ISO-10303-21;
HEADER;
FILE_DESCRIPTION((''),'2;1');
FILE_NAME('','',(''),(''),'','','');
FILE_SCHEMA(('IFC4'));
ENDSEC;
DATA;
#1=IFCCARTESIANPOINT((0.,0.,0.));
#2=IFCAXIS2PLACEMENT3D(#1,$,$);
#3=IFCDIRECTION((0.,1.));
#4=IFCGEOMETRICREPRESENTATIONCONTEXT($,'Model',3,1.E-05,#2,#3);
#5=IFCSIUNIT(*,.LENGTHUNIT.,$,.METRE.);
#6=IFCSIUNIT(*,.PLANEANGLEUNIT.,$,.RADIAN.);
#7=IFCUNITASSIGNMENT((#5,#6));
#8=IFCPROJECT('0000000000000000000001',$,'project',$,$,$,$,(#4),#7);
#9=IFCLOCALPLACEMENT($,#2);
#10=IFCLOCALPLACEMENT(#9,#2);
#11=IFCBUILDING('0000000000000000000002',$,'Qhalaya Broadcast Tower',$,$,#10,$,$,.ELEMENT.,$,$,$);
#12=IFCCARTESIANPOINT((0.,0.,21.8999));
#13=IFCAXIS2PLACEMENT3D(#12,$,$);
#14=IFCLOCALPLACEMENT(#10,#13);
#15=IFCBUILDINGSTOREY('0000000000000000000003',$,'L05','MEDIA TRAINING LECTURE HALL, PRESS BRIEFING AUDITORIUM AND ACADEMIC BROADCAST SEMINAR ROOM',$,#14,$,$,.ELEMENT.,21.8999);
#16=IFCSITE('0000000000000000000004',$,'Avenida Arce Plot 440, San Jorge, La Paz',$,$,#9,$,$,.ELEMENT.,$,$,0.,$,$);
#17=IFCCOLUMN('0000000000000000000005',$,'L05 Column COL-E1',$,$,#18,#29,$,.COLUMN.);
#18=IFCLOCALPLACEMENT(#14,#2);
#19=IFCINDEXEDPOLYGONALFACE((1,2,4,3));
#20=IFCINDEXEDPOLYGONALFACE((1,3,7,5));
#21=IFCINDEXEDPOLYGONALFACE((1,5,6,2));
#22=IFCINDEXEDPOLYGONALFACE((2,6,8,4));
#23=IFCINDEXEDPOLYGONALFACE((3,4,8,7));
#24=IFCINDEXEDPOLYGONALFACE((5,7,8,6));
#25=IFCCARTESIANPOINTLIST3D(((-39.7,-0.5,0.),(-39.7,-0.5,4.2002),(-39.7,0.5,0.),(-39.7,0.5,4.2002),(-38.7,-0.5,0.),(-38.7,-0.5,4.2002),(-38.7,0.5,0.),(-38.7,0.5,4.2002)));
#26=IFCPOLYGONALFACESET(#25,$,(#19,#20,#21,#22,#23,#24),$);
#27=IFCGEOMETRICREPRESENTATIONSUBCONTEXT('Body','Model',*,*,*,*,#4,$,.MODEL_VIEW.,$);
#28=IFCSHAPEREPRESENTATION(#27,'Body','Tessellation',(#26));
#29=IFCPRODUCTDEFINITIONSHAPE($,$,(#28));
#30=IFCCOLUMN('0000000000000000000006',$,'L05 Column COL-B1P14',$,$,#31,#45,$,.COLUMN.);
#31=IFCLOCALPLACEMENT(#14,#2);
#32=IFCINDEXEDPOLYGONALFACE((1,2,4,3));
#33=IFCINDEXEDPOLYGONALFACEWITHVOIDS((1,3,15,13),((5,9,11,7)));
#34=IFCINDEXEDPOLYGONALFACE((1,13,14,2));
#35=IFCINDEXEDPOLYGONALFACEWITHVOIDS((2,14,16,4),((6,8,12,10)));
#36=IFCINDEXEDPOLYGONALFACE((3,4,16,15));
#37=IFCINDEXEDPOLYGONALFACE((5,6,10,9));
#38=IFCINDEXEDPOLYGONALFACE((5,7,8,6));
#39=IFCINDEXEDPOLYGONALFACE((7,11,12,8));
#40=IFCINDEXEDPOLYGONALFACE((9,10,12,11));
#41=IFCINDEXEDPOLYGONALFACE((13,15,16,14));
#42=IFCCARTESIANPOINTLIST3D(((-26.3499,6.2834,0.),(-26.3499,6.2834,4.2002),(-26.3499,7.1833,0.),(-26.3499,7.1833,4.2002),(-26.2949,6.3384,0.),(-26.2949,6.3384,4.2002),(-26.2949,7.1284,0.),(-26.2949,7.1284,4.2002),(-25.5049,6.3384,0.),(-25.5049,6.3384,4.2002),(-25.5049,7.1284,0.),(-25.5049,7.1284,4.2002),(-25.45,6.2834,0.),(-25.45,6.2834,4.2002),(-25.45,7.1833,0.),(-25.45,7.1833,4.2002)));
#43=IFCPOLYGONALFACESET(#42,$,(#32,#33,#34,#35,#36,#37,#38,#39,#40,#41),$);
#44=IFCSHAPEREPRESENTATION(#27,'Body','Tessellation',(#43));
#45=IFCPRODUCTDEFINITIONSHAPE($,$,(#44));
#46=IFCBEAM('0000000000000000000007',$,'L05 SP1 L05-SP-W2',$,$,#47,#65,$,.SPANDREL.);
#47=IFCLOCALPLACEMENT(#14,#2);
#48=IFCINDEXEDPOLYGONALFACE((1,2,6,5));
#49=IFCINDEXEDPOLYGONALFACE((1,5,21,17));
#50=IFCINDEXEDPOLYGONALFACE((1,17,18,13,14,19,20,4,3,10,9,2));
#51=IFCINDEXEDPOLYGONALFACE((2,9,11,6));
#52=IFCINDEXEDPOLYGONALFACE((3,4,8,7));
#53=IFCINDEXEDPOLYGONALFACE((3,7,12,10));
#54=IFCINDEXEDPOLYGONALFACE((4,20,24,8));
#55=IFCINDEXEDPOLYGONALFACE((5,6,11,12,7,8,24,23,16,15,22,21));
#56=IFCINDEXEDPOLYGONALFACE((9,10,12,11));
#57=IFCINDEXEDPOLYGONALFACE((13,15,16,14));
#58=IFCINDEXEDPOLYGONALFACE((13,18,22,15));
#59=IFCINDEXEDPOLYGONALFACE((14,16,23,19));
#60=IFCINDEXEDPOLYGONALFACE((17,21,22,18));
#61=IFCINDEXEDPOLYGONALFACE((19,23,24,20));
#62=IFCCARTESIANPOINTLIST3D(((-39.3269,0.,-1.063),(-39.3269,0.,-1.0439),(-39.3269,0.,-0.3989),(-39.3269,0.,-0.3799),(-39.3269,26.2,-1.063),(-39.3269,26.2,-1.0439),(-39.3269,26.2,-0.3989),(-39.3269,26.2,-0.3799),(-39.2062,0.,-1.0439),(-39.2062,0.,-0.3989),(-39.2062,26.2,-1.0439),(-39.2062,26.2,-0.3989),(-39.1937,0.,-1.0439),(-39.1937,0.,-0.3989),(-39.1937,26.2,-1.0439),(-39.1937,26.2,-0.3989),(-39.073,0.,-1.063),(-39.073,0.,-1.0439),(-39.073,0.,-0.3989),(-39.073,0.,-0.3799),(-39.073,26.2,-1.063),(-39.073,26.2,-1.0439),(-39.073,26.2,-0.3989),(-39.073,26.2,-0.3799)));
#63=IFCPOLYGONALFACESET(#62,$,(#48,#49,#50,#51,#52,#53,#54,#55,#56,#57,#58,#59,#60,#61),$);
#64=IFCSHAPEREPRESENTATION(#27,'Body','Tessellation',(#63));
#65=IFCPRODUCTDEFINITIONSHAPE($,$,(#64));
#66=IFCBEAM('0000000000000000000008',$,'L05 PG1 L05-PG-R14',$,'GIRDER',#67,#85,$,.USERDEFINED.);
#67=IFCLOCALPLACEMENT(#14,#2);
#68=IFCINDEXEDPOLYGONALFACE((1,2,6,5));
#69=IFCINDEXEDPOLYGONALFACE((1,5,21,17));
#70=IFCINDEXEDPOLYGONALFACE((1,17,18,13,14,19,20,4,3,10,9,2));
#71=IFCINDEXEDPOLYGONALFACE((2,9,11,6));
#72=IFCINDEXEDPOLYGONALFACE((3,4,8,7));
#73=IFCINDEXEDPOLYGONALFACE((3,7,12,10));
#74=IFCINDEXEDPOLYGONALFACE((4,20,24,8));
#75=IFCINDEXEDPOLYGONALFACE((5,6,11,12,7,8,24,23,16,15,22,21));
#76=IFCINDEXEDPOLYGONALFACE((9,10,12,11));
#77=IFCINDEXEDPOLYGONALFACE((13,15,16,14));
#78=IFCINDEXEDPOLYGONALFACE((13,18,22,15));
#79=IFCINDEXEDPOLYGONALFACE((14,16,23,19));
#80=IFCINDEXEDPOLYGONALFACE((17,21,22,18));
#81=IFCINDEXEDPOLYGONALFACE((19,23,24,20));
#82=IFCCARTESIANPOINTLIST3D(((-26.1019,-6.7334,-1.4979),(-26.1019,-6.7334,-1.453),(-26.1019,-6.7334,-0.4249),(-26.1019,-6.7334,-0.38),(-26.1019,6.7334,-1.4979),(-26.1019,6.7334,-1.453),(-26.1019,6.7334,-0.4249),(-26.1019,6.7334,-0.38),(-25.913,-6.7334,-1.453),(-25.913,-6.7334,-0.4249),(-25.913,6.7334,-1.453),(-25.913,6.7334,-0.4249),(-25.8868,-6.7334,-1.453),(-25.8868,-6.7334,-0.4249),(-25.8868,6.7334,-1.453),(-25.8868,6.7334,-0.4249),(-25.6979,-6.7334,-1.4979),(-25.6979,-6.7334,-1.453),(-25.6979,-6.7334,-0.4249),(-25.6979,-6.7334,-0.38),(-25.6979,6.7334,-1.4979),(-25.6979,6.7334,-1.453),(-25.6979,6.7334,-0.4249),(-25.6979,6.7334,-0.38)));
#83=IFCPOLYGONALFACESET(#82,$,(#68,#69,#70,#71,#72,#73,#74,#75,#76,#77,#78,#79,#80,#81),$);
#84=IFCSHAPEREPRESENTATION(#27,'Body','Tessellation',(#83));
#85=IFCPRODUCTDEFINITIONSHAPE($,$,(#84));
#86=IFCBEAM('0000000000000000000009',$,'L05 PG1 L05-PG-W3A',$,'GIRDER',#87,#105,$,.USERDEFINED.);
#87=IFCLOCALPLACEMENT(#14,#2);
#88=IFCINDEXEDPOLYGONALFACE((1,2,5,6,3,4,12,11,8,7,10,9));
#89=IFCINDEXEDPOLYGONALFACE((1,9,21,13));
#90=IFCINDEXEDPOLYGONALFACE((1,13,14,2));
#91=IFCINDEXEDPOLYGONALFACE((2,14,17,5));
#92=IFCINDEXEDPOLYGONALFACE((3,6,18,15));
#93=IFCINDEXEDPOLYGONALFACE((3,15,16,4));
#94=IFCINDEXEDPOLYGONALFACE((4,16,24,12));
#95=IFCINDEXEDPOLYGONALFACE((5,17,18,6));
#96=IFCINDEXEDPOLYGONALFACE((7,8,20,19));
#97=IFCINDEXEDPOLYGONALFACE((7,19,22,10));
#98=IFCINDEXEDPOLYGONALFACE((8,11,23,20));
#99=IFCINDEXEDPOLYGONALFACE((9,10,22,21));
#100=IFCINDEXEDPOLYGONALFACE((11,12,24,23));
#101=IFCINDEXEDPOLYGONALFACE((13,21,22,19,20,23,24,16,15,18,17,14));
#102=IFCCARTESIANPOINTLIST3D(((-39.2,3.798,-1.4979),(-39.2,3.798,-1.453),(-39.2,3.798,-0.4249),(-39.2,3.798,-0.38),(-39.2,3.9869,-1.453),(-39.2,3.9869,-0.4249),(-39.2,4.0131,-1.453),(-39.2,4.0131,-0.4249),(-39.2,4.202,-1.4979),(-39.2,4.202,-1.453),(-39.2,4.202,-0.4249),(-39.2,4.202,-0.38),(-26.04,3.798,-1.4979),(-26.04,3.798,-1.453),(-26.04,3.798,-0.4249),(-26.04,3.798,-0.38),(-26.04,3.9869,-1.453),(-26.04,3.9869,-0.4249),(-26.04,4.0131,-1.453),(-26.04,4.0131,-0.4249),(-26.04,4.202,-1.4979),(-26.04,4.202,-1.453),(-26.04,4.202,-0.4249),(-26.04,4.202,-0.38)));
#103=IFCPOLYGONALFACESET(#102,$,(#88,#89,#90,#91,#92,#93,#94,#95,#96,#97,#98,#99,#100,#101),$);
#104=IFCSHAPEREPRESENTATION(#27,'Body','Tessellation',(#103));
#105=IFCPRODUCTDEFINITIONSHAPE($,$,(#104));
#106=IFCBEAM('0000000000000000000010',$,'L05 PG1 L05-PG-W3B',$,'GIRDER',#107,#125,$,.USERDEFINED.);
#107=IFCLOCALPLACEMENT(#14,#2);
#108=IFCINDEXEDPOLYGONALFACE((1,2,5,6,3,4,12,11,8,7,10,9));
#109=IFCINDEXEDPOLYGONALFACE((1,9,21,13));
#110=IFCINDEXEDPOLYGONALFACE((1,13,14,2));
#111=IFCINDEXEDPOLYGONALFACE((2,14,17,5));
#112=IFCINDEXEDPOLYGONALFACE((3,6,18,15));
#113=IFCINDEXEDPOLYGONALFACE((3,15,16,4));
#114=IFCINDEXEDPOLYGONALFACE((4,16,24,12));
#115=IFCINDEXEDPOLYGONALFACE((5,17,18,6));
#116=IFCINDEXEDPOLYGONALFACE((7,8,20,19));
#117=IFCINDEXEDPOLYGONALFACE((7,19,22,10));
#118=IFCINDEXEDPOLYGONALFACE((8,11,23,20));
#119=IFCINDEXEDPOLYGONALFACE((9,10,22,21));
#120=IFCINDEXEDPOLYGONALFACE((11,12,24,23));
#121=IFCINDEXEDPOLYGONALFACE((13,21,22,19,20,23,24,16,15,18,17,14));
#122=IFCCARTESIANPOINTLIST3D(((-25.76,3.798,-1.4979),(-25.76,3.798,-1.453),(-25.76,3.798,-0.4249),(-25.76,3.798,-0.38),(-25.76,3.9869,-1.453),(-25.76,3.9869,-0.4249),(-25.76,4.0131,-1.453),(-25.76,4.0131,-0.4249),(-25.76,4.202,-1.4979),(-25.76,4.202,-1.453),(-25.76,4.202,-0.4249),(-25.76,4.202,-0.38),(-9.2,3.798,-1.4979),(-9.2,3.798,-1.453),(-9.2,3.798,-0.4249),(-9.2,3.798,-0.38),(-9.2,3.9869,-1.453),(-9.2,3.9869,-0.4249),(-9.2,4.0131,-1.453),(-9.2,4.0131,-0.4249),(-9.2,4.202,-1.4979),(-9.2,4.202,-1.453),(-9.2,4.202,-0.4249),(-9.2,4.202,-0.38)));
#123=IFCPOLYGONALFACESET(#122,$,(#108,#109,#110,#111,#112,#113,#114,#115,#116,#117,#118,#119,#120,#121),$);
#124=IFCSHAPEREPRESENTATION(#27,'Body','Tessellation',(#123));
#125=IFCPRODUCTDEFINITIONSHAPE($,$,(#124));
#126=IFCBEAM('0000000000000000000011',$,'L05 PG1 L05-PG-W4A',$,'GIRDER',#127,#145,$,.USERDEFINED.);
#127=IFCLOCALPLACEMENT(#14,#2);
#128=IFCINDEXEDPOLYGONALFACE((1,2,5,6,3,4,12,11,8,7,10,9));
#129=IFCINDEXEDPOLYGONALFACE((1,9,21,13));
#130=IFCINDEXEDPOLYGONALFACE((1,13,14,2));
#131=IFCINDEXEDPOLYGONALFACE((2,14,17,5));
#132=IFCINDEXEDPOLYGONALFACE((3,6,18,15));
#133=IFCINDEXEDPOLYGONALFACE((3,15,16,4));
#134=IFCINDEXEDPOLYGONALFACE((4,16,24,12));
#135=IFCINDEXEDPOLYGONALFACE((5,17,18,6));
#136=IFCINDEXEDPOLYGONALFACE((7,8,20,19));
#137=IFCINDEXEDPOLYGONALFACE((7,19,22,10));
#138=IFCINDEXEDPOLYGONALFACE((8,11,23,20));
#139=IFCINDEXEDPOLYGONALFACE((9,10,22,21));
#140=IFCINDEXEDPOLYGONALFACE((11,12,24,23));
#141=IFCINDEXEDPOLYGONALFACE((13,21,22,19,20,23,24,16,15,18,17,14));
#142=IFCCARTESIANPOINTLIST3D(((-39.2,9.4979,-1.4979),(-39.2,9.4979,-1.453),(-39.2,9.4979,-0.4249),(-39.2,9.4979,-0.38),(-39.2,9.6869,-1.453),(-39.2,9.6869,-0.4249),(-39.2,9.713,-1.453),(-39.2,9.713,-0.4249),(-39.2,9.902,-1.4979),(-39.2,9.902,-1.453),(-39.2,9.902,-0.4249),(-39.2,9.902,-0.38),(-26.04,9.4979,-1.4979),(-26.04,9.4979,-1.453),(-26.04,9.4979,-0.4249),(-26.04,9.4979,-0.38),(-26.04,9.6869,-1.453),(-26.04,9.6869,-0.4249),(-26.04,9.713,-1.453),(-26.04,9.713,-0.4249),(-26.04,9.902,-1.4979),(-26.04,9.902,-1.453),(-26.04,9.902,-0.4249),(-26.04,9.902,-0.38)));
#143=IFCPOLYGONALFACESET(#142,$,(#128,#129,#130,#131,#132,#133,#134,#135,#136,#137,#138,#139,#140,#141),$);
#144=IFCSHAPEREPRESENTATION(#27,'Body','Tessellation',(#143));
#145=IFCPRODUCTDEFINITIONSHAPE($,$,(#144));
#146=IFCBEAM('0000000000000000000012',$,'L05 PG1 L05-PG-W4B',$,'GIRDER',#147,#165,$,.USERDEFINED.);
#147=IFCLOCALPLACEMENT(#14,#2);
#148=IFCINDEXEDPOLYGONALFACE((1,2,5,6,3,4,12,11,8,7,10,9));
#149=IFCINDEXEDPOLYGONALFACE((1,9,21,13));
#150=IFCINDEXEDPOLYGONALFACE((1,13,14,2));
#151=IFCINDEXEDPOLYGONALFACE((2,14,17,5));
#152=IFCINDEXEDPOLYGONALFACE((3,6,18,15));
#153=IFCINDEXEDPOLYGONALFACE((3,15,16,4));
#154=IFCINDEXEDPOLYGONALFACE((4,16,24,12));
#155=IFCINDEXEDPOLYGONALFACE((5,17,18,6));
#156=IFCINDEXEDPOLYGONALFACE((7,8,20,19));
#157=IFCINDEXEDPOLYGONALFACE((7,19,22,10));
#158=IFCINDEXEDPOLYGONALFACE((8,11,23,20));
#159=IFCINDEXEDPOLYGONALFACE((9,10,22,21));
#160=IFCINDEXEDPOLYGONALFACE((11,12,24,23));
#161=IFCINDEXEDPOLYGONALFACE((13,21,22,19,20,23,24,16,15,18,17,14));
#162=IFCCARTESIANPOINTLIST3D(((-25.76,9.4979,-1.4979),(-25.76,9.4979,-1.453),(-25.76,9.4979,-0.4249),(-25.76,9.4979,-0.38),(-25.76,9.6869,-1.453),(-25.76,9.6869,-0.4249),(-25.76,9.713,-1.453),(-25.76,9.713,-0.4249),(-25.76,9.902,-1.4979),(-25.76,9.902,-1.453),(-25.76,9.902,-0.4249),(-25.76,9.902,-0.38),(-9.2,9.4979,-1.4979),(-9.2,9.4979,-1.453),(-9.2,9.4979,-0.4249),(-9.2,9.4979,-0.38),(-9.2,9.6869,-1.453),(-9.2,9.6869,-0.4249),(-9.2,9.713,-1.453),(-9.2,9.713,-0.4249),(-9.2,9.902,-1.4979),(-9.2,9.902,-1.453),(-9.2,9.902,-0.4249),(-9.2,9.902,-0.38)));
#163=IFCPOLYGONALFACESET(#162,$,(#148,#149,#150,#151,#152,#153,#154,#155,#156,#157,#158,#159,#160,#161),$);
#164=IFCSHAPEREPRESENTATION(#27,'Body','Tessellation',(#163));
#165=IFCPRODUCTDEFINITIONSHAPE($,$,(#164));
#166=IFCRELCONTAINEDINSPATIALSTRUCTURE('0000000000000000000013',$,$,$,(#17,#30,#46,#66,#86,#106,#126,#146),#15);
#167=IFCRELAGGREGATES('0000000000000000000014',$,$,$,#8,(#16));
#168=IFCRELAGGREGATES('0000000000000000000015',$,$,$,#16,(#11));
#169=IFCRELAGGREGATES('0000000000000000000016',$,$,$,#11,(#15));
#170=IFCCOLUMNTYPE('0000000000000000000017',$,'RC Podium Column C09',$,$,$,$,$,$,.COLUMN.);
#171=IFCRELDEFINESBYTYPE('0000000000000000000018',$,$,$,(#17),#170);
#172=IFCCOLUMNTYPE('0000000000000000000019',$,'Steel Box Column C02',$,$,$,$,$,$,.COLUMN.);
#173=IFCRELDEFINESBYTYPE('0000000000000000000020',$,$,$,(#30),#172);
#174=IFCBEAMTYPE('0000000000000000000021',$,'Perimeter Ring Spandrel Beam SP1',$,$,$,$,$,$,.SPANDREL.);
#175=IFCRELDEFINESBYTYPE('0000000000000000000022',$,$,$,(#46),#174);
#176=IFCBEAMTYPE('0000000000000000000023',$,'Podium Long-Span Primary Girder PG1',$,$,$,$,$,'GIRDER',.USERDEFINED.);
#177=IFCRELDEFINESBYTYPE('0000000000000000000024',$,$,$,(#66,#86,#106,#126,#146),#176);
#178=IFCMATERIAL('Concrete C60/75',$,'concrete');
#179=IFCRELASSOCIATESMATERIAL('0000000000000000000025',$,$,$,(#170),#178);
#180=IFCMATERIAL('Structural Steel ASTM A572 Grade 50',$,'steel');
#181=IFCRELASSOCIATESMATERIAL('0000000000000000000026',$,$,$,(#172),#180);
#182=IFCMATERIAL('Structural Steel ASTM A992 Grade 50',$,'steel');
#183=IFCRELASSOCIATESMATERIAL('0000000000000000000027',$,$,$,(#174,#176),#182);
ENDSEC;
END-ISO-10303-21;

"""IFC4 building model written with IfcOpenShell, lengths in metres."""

from ifc_helpers import new_model, si_unit, direction, frame, origin, origin_2d, place, context, subcontext, project, spatial, rectangle, hollow_rectangle, i_section, extrude, material, material_profile, profile_set, type_object, element, save


model = new_model("IFC4")

# Units and contexts
model_context = context("Model", 3, precision=1e-05, world=origin(), true_north=direction((0.0, 1.0)))
body_context = subcontext(model_context, "Body", "Model", "MODEL_VIEW")
ifc_project = project(units=[si_unit("LENGTHUNIT", "METRE"), si_unit("PLANEANGLEUNIT", "RADIAN")], contexts=[model_context])

# Site, building, storey
site_placement = place(None, origin())
site = spatial("IfcSite", under=ifc_project, at=site_placement, Name="Avenida Arce Plot 440, San Jorge, La Paz", CompositionType="ELEMENT", RefElevation=0.0)
building_placement = place(site_placement, origin())
building = spatial("IfcBuilding", under=site, at=building_placement, Name="Qhalaya Broadcast Tower", CompositionType="ELEMENT")
storey_placement = place(building_placement, frame((0.0, 0.0, 21.8999)))
storey = spatial("IfcBuildingStorey", under=building, at=storey_placement, Name="L05", Description="MEDIA TRAINING LECTURE HALL, PRESS BRIEFING AUDITORIUM AND ACADEMIC BROADCAST SEMINAR ROOM", CompositionType="ELEMENT", Elevation=21.8999)

# Columns
ifc_material_1 = material(Name="Concrete C60/75", Category="concrete")
ifc_material_profile_1 = material_profile(ifc_material_1, rectangle(XDim=1.0, YDim=1.0, at=origin_2d()), Name="RC-COL 1000x1000")
ifc_profile_set_1 = profile_set([ifc_material_profile_1], Name="Concrete C60/75")
column_type_1 = type_object("IfcColumnType", Name="RC Podium Column C09", PredefinedType="COLUMN", material=ifc_profile_set_1)
column_1_placement = place(storey_placement, frame((-39.2, 0.0, 0.0), z_axis=(0.0, 0.0, 1.0), x_axis=(1.0, 0.0, 0.0)))
element("IfcColumn", 1, at=column_1_placement, inside=storey, type_object=column_type_1, Name="L05 Column COL-E1", PredefinedType="COLUMN", context=body_context, shape_type="SweptSolid", body=[
    extrude(rectangle(XDim=1.0, YDim=1.0, at=origin_2d()), origin(), (0.0, 0.0, 1.0), 4.2002),
])
ifc_material_2 = material(Name="Structural Steel ASTM A572 Grade 50", Category="steel")
ifc_material_profile_2 = material_profile(ifc_material_2, hollow_rectangle(XDim=0.8999, YDim=0.8999, WallThickness=0.0549, at=origin_2d()), Name="BOX 900x900x55")
ifc_profile_set_2 = profile_set([ifc_material_profile_2], Name="Structural Steel ASTM A572 Grade 50")
column_type_2 = type_object("IfcColumnType", Name="Steel Box Column C02", PredefinedType="COLUMN", material=ifc_profile_set_2)
column_2_placement = place(storey_placement, frame((-25.8999, 6.7334, 0.0), z_axis=(0.0, 0.0, 1.0), x_axis=(0.0, 1.0, 0.0)))
element("IfcColumn", 2, at=column_2_placement, inside=storey, type_object=column_type_2, Name="L05 Column COL-B1P14", PredefinedType="COLUMN", context=body_context, shape_type="SweptSolid", body=[
    extrude(hollow_rectangle(XDim=0.8999, YDim=0.8999, WallThickness=0.0549, at=origin_2d()), origin(), (0.0, 0.0, 1.0), 4.2002),
])

# Beams
ifc_material_3 = material(Name="Structural Steel ASTM A992 Grade 50", Category="steel")
ifc_material_profile_3 = material_profile(ifc_material_3, i_section(OverallWidth=0.2539, OverallDepth=0.6831, WebThickness=0.0125, FlangeThickness=0.019, at=origin_2d()), Name="W27X94")
ifc_profile_set_3 = profile_set([ifc_material_profile_3], Name="Structural Steel ASTM A992 Grade 50")
beam_type_1 = type_object("IfcBeamType", Name="Perimeter Ring Spandrel Beam SP1", PredefinedType="SPANDREL", material=ifc_profile_set_3)
beam_1_placement = place(storey_placement, frame((-39.2, 0.0, -0.7214), z_axis=(0.0, 1.0, 0.0), x_axis=(-1.0, 0.0, 0.0)))
element("IfcBeam", 3, at=beam_1_placement, inside=storey, type_object=beam_type_1, Name="L05 SP1 L05-SP-W2", PredefinedType="SPANDREL", context=body_context, shape_type="SweptSolid", body=[
    extrude(i_section(OverallWidth=0.2539, OverallDepth=0.6831, WebThickness=0.0125, FlangeThickness=0.019, at=origin_2d()), origin(), (0.0, 0.0, 1.0), 26.2),
])
ifc_material_profile_4 = material_profile(ifc_material_3, i_section(OverallWidth=0.4041, OverallDepth=1.1179, WebThickness=0.0261, FlangeThickness=0.0449, at=origin_2d()), Name="W44X335")
ifc_profile_set_4 = profile_set([ifc_material_profile_4], Name="Structural Steel ASTM A992 Grade 50")
beam_type_2 = type_object("IfcBeamType", Name="Podium Long-Span Primary Girder PG1", ElementType="GIRDER", PredefinedType="USERDEFINED", material=ifc_profile_set_4)
beam_2_placement = place(storey_placement, frame((-25.8999, 6.7334, -0.939), z_axis=(0.0, -1.0, 0.0), x_axis=(1.0, 0.0, 0.0)))
element("IfcBeam", 4, at=beam_2_placement, inside=storey, type_object=beam_type_2, Name="L05 PG1 L05-PG-R14", ObjectType="GIRDER", PredefinedType="USERDEFINED", context=body_context, shape_type="SweptSolid", body=[
    extrude(i_section(OverallWidth=0.4041, OverallDepth=1.1179, WebThickness=0.0261, FlangeThickness=0.0449, at=origin_2d()), origin(), (0.0, 0.0, 1.0), 13.4668),
])
beam_3_placement = place(storey_placement, frame((-39.2, 4.0, -0.939), z_axis=(1.0, 0.0, 0.0), x_axis=(0.0, 1.0, 0.0)))
element("IfcBeam", 5, at=beam_3_placement, inside=storey, type_object=beam_type_2, Name="L05 PG1 L05-PG-W3A", ObjectType="GIRDER", PredefinedType="USERDEFINED", context=body_context, shape_type="SweptSolid", body=[
    extrude(i_section(OverallWidth=0.4041, OverallDepth=1.1179, WebThickness=0.0261, FlangeThickness=0.0449, at=origin_2d()), origin(), (0.0, 0.0, 1.0), 13.1599),
])
beam_4_placement = place(storey_placement, frame((-25.76, 4.0, -0.939), z_axis=(1.0, 0.0, 0.0), x_axis=(0.0, 1.0, 0.0)))
element("IfcBeam", 6, at=beam_4_placement, inside=storey, type_object=beam_type_2, Name="L05 PG1 L05-PG-W3B", ObjectType="GIRDER", PredefinedType="USERDEFINED", context=body_context, shape_type="SweptSolid", body=[
    extrude(i_section(OverallWidth=0.4041, OverallDepth=1.1179, WebThickness=0.0261, FlangeThickness=0.0449, at=origin_2d()), origin(), (0.0, 0.0, 1.0), 16.5601),
])
beam_5_placement = place(storey_placement, frame((-39.2, 9.7, -0.939), z_axis=(1.0, 0.0, 0.0), x_axis=(0.0, 1.0, 0.0)))
element("IfcBeam", 7, at=beam_5_placement, inside=storey, type_object=beam_type_2, Name="L05 PG1 L05-PG-W4A", ObjectType="GIRDER", PredefinedType="USERDEFINED", context=body_context, shape_type="SweptSolid", body=[
    extrude(i_section(OverallWidth=0.4041, OverallDepth=1.1179, WebThickness=0.0261, FlangeThickness=0.0449, at=origin_2d()), origin(), (0.0, 0.0, 1.0), 13.1599),
])
beam_6_placement = place(storey_placement, frame((-25.76, 9.7, -0.939), z_axis=(1.0, 0.0, 0.0), x_axis=(0.0, 1.0, 0.0)))
element("IfcBeam", 8, at=beam_6_placement, inside=storey, type_object=beam_type_2, Name="L05 PG1 L05-PG-W4B", ObjectType="GIRDER", PredefinedType="USERDEFINED", context=body_context, shape_type="SweptSolid", body=[
    extrude(i_section(OverallWidth=0.4041, OverallDepth=1.1179, WebThickness=0.0261, FlangeThickness=0.0449, at=origin_2d()), origin(), (0.0, 0.0, 1.0), 16.5601),
])

save(model, "model.ifc")
